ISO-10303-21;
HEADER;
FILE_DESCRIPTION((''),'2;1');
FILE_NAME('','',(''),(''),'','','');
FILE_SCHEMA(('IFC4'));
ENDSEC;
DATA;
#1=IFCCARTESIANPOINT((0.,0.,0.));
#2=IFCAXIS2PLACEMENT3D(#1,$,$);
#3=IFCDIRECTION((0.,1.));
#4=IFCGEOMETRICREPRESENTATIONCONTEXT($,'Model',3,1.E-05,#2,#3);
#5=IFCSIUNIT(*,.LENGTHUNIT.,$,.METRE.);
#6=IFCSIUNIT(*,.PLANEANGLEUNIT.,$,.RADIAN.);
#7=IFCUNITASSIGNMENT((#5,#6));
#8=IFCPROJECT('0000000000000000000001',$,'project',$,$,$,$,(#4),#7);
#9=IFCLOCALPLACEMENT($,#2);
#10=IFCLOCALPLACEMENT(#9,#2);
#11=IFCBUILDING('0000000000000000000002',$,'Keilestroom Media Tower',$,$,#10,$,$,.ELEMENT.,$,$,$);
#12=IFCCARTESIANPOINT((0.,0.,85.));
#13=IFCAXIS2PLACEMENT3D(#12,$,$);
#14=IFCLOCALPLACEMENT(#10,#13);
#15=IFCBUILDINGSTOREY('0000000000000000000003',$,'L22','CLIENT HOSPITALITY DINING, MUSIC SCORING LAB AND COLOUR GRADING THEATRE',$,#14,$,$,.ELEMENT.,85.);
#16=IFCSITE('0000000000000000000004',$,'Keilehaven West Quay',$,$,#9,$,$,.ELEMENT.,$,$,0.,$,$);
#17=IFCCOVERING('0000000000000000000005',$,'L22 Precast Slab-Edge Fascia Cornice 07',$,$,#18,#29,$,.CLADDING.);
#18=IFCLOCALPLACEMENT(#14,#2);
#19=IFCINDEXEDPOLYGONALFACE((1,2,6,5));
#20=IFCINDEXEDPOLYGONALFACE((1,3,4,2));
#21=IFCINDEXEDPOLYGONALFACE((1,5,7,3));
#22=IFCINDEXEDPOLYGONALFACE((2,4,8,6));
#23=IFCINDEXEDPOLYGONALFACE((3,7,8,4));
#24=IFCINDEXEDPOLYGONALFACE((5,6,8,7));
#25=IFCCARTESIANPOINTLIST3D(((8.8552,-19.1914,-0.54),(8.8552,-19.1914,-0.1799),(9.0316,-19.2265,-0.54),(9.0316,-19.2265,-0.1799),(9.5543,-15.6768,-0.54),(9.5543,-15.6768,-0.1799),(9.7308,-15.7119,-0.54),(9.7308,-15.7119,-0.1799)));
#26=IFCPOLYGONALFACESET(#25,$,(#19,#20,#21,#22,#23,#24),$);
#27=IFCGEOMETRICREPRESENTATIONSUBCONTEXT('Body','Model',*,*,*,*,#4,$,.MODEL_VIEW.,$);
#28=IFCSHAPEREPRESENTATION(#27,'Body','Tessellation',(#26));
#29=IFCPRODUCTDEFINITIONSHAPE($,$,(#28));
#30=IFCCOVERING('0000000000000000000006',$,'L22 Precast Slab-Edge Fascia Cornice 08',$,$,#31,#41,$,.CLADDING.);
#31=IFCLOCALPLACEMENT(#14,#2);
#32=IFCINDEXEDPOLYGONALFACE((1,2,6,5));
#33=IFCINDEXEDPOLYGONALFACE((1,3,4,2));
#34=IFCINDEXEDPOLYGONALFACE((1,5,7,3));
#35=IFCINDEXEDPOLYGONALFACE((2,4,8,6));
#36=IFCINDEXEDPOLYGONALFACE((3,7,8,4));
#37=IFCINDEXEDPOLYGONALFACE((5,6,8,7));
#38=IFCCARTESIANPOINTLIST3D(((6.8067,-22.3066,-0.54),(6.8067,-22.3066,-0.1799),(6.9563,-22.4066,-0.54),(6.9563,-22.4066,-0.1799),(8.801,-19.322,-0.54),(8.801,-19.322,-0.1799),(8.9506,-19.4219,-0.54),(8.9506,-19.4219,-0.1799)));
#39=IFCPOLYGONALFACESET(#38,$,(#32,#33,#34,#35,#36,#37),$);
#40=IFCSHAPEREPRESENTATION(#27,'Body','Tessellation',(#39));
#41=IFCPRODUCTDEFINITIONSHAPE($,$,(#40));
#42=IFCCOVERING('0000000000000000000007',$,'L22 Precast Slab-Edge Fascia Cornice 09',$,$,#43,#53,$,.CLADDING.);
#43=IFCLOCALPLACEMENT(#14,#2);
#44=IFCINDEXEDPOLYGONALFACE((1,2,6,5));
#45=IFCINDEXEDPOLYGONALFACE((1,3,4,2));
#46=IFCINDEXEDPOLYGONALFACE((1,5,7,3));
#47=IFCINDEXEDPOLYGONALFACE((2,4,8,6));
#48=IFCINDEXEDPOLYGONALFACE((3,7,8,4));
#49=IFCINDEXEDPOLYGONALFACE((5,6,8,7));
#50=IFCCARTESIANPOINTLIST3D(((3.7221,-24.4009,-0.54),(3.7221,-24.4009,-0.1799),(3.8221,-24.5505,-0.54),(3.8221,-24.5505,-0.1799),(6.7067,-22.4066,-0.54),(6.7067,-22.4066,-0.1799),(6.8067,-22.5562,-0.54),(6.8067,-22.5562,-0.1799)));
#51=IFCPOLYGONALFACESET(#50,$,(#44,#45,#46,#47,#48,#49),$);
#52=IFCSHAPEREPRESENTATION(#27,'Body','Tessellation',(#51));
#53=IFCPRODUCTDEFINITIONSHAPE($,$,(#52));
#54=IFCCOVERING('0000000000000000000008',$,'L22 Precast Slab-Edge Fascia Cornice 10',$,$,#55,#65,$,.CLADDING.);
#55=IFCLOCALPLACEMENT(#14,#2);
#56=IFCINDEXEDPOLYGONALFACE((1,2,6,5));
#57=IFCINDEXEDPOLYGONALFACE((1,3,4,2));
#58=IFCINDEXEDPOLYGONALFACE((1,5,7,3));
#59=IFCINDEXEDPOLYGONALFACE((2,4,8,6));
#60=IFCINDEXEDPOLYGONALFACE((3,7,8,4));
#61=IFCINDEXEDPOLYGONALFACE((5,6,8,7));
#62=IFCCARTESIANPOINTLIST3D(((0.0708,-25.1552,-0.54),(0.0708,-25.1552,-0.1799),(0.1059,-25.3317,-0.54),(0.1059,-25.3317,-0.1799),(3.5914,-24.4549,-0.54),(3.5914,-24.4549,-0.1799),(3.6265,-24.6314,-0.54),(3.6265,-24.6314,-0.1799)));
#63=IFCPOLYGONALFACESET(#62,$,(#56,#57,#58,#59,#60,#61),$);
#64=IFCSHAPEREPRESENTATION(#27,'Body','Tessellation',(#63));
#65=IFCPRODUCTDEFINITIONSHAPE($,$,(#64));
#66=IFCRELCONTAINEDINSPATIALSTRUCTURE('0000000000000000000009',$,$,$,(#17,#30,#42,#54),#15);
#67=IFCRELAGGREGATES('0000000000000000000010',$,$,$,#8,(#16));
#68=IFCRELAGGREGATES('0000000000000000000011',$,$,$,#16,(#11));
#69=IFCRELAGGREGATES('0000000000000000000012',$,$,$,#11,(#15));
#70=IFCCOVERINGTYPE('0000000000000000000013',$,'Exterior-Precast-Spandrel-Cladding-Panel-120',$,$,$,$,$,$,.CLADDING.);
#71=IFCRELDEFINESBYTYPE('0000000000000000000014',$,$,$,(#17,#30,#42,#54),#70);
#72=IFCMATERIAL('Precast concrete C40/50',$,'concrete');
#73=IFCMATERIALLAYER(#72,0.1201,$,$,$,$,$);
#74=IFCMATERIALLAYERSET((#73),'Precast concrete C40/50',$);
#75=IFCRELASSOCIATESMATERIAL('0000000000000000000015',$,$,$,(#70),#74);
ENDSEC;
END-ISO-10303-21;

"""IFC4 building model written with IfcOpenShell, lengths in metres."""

from ifc_helpers import new_model, si_unit, direction, frame, origin, origin_2d, place, context, subcontext, project, spatial, rectangle, extrude, source, transform, mapped, material, layer, layer_set, type_object, element, save


model = new_model("IFC4")

# Units and contexts
model_context = context("Model", 3, precision=1e-05, world=origin(), true_north=direction((0.0, 1.0)))
body_context = subcontext(model_context, "Body", "Model", "MODEL_VIEW")
ifc_project = project(units=[si_unit("LENGTHUNIT", "METRE"), si_unit("PLANEANGLEUNIT", "RADIAN")], contexts=[model_context])

# Site, building, storey
site_placement = place(None, origin())
site = spatial("IfcSite", under=ifc_project, at=site_placement, Name="Keilehaven West Quay", CompositionType="ELEMENT", RefElevation=0.0)
building_placement = place(site_placement, origin())
building = spatial("IfcBuilding", under=site, at=building_placement, Name="Keilestroom Media Tower", CompositionType="ELEMENT")
storey_placement = place(building_placement, frame((0.0, 0.0, 85.0)))
storey = spatial("IfcBuildingStorey", under=building, at=storey_placement, Name="L22", Description="CLIENT HOSPITALITY DINING, MUSIC SCORING LAB AND COLOUR GRADING THEATRE", CompositionType="ELEMENT", Elevation=85.0)

# Shared definitions
ifc_material_1 = material(Name="Precast concrete C40/50", Category="concrete")

# Coverings
ifc_layer_1 = layer(ifc_material_1, 0.1201)
ifc_layer_set_1 = layer_set([ifc_layer_1], Name="Precast concrete C40/50")
covering_type = type_object("IfcCoveringType", Name="Exterior-Precast-Spandrel-Cladding-Panel-120", PredefinedType="CLADDING", material=ifc_layer_set_1)
shared_shape_1 = source(origin(), body_context, "Body", "SweptSolid", [
    extrude(rectangle(XDim=3.5835, YDim=0.1799, at=origin_2d()), origin(), (0.0, 0.0, 1.0), 0.3601),
])
covering_1_placement = place(storey_placement, frame((9.293, -17.4517, -0.54), z_axis=(0.0, 0.0, 1.0), x_axis=(-0.195099, -0.980784, 0.0)))
element("IfcCovering", 1, at=covering_1_placement, inside=storey, type_object=covering_type, Name="L22 Precast Slab-Edge Fascia Cornice 07", PredefinedType="CLADDING", context=body_context, shape_type="MappedRepresentation", body=[
    mapped(shared_shape_1, transform((0.0, 0.0, 0.0), x_axis=(1.0, 0.0, 0.0), y_axis=(0.0, 1.0, 0.0), z_axis=(0.0, 0.0, 1.0), scale=1.0)),
])
shared_shape_2 = source(origin(), body_context, "Body", "SweptSolid", [
    extrude(rectangle(XDim=3.5896, YDim=0.1799, at=origin_2d()), origin(), (0.0, 0.0, 1.0), 0.3601),
])
for number, where, z_axis, x_axis, name in (
    (2, (7.8787, -20.8643, -0.54), (0.0, 0.0, 1.0), (-0.555575, -0.831467, 0.0), "L22 Precast Slab-Edge Fascia Cornice 08"),
    (3, (5.2644, -23.4785, -0.54), (0.0, 0.0, 1.0), (-0.831467, -0.555575, 0.0), "L22 Precast Slab-Edge Fascia Cornice 09"),
    (4, (1.8486, -24.8933, -0.54), (0.0, 0.0, 1.0), (-0.980784, -0.195099, 0.0), "L22 Precast Slab-Edge Fascia Cornice 10"),
):
    element("IfcCovering", number, at=place(storey_placement, frame(where, z_axis=z_axis, x_axis=x_axis)), inside=storey, type_object=covering_type, Name=name, PredefinedType="CLADDING", context=body_context, shape_type="MappedRepresentation", body=[
        mapped(shared_shape_2, transform((0.0, 0.0, 0.0), x_axis=(1.0, 0.0, 0.0), y_axis=(0.0, 1.0, 0.0), z_axis=(0.0, 0.0, 1.0), scale=1.0)),
    ])

save(model, "model.ifc")
